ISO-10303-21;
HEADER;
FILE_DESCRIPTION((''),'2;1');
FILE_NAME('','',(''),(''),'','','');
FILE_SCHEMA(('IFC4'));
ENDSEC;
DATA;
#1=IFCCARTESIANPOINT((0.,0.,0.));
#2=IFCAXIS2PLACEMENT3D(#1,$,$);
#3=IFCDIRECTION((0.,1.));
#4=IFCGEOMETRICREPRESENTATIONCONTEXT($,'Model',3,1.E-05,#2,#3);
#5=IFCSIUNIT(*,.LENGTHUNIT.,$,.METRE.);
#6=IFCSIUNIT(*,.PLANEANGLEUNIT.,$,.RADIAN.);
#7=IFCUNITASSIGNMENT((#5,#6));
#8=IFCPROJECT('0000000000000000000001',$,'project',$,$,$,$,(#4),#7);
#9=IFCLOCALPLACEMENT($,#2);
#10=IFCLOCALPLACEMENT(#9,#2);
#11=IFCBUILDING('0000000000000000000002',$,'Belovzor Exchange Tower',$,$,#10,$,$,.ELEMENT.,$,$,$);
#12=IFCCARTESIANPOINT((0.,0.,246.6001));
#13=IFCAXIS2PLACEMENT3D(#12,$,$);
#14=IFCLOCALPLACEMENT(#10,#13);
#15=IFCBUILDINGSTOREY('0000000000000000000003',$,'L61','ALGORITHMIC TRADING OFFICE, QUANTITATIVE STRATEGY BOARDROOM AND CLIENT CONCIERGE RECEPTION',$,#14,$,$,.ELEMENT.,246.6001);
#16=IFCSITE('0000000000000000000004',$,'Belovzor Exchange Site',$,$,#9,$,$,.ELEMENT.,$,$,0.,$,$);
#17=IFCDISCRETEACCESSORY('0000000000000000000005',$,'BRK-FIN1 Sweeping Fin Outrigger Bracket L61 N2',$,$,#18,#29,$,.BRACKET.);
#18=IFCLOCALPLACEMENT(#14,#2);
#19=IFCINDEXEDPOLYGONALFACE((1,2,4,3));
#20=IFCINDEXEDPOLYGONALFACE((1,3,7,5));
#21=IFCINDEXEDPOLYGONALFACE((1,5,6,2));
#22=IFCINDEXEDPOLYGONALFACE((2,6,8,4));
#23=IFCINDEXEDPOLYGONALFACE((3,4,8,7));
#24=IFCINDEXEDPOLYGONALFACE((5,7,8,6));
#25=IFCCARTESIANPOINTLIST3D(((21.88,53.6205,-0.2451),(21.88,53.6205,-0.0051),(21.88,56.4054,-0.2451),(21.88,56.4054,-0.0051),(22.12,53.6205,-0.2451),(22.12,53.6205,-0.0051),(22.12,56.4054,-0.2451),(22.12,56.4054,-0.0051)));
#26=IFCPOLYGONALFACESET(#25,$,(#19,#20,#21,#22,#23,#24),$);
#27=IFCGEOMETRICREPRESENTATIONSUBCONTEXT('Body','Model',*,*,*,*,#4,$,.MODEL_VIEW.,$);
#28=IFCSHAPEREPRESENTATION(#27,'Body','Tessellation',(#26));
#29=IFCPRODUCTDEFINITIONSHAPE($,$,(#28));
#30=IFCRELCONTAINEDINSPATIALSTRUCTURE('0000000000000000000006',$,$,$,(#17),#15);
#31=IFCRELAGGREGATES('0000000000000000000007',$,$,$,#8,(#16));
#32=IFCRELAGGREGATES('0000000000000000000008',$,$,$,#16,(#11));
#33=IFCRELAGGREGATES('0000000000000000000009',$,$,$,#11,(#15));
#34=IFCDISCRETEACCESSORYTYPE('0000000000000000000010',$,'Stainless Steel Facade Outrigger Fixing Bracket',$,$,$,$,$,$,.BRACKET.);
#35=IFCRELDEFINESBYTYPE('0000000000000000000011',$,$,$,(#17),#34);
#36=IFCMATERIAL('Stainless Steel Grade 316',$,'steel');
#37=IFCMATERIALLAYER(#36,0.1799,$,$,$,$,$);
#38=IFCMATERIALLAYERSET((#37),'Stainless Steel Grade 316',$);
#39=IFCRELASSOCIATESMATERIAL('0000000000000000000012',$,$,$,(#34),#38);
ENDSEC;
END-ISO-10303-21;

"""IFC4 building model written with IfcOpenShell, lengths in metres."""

from ifc_helpers import new_model, si_unit, direction, frame, origin, origin_2d, place, context, subcontext, project, spatial, rectangle, extrude, material, layer, layer_set, type_object, element, save


model = new_model("IFC4")

# Units and contexts
model_context = context("Model", 3, precision=1e-05, world=origin(), true_north=direction((0.0, 1.0)))
body_context = subcontext(model_context, "Body", "Model", "MODEL_VIEW")
ifc_project = project(units=[si_unit("LENGTHUNIT", "METRE"), si_unit("PLANEANGLEUNIT", "RADIAN")], contexts=[model_context])

# Site, building, storey
site_placement = place(None, origin())
site = spatial("IfcSite", under=ifc_project, at=site_placement, Name="Belovzor Exchange Site", CompositionType="ELEMENT", RefElevation=0.0)
building_placement = place(site_placement, origin())
building = spatial("IfcBuilding", under=site, at=building_placement, Name="Belovzor Exchange Tower", CompositionType="ELEMENT")
storey_placement = place(building_placement, frame((0.0, 0.0, 246.6001)))
storey = spatial("IfcBuildingStorey", under=building, at=storey_placement, Name="L61", Description="ALGORITHMIC TRADING OFFICE, QUANTITATIVE STRATEGY BOARDROOM AND CLIENT CONCIERGE RECEPTION", CompositionType="ELEMENT", Elevation=246.6001)

# Discrete accessory
ifc_material_1 = material(Name="Stainless Steel Grade 316", Category="steel")
ifc_layer_1 = layer(ifc_material_1, 0.1799)
ifc_layer_set_1 = layer_set([ifc_layer_1], Name="Stainless Steel Grade 316")
discrete_accessory_type = type_object("IfcDiscreteAccessoryType", Name="Stainless Steel Facade Outrigger Fixing Bracket", PredefinedType="BRACKET", material=ifc_layer_set_1)
discrete_accessory_placement = place(storey_placement, frame((22.0, 55.0129, -0.2451), z_axis=(0.0, 0.0, 1.0), x_axis=(0.0, 1.0, 0.0)))
element("IfcDiscreteAccessory", 1, at=discrete_accessory_placement, inside=storey, type_object=discrete_accessory_type, Name="BRK-FIN1 Sweeping Fin Outrigger Bracket L61 N2", PredefinedType="BRACKET", context=body_context, shape_type="SweptSolid", body=[
    extrude(rectangle(XDim=2.7849, YDim=0.24, at=origin_2d()), origin(), (0.0, 0.0, 1.0), 0.24),
])

save(model, "model.ifc")
